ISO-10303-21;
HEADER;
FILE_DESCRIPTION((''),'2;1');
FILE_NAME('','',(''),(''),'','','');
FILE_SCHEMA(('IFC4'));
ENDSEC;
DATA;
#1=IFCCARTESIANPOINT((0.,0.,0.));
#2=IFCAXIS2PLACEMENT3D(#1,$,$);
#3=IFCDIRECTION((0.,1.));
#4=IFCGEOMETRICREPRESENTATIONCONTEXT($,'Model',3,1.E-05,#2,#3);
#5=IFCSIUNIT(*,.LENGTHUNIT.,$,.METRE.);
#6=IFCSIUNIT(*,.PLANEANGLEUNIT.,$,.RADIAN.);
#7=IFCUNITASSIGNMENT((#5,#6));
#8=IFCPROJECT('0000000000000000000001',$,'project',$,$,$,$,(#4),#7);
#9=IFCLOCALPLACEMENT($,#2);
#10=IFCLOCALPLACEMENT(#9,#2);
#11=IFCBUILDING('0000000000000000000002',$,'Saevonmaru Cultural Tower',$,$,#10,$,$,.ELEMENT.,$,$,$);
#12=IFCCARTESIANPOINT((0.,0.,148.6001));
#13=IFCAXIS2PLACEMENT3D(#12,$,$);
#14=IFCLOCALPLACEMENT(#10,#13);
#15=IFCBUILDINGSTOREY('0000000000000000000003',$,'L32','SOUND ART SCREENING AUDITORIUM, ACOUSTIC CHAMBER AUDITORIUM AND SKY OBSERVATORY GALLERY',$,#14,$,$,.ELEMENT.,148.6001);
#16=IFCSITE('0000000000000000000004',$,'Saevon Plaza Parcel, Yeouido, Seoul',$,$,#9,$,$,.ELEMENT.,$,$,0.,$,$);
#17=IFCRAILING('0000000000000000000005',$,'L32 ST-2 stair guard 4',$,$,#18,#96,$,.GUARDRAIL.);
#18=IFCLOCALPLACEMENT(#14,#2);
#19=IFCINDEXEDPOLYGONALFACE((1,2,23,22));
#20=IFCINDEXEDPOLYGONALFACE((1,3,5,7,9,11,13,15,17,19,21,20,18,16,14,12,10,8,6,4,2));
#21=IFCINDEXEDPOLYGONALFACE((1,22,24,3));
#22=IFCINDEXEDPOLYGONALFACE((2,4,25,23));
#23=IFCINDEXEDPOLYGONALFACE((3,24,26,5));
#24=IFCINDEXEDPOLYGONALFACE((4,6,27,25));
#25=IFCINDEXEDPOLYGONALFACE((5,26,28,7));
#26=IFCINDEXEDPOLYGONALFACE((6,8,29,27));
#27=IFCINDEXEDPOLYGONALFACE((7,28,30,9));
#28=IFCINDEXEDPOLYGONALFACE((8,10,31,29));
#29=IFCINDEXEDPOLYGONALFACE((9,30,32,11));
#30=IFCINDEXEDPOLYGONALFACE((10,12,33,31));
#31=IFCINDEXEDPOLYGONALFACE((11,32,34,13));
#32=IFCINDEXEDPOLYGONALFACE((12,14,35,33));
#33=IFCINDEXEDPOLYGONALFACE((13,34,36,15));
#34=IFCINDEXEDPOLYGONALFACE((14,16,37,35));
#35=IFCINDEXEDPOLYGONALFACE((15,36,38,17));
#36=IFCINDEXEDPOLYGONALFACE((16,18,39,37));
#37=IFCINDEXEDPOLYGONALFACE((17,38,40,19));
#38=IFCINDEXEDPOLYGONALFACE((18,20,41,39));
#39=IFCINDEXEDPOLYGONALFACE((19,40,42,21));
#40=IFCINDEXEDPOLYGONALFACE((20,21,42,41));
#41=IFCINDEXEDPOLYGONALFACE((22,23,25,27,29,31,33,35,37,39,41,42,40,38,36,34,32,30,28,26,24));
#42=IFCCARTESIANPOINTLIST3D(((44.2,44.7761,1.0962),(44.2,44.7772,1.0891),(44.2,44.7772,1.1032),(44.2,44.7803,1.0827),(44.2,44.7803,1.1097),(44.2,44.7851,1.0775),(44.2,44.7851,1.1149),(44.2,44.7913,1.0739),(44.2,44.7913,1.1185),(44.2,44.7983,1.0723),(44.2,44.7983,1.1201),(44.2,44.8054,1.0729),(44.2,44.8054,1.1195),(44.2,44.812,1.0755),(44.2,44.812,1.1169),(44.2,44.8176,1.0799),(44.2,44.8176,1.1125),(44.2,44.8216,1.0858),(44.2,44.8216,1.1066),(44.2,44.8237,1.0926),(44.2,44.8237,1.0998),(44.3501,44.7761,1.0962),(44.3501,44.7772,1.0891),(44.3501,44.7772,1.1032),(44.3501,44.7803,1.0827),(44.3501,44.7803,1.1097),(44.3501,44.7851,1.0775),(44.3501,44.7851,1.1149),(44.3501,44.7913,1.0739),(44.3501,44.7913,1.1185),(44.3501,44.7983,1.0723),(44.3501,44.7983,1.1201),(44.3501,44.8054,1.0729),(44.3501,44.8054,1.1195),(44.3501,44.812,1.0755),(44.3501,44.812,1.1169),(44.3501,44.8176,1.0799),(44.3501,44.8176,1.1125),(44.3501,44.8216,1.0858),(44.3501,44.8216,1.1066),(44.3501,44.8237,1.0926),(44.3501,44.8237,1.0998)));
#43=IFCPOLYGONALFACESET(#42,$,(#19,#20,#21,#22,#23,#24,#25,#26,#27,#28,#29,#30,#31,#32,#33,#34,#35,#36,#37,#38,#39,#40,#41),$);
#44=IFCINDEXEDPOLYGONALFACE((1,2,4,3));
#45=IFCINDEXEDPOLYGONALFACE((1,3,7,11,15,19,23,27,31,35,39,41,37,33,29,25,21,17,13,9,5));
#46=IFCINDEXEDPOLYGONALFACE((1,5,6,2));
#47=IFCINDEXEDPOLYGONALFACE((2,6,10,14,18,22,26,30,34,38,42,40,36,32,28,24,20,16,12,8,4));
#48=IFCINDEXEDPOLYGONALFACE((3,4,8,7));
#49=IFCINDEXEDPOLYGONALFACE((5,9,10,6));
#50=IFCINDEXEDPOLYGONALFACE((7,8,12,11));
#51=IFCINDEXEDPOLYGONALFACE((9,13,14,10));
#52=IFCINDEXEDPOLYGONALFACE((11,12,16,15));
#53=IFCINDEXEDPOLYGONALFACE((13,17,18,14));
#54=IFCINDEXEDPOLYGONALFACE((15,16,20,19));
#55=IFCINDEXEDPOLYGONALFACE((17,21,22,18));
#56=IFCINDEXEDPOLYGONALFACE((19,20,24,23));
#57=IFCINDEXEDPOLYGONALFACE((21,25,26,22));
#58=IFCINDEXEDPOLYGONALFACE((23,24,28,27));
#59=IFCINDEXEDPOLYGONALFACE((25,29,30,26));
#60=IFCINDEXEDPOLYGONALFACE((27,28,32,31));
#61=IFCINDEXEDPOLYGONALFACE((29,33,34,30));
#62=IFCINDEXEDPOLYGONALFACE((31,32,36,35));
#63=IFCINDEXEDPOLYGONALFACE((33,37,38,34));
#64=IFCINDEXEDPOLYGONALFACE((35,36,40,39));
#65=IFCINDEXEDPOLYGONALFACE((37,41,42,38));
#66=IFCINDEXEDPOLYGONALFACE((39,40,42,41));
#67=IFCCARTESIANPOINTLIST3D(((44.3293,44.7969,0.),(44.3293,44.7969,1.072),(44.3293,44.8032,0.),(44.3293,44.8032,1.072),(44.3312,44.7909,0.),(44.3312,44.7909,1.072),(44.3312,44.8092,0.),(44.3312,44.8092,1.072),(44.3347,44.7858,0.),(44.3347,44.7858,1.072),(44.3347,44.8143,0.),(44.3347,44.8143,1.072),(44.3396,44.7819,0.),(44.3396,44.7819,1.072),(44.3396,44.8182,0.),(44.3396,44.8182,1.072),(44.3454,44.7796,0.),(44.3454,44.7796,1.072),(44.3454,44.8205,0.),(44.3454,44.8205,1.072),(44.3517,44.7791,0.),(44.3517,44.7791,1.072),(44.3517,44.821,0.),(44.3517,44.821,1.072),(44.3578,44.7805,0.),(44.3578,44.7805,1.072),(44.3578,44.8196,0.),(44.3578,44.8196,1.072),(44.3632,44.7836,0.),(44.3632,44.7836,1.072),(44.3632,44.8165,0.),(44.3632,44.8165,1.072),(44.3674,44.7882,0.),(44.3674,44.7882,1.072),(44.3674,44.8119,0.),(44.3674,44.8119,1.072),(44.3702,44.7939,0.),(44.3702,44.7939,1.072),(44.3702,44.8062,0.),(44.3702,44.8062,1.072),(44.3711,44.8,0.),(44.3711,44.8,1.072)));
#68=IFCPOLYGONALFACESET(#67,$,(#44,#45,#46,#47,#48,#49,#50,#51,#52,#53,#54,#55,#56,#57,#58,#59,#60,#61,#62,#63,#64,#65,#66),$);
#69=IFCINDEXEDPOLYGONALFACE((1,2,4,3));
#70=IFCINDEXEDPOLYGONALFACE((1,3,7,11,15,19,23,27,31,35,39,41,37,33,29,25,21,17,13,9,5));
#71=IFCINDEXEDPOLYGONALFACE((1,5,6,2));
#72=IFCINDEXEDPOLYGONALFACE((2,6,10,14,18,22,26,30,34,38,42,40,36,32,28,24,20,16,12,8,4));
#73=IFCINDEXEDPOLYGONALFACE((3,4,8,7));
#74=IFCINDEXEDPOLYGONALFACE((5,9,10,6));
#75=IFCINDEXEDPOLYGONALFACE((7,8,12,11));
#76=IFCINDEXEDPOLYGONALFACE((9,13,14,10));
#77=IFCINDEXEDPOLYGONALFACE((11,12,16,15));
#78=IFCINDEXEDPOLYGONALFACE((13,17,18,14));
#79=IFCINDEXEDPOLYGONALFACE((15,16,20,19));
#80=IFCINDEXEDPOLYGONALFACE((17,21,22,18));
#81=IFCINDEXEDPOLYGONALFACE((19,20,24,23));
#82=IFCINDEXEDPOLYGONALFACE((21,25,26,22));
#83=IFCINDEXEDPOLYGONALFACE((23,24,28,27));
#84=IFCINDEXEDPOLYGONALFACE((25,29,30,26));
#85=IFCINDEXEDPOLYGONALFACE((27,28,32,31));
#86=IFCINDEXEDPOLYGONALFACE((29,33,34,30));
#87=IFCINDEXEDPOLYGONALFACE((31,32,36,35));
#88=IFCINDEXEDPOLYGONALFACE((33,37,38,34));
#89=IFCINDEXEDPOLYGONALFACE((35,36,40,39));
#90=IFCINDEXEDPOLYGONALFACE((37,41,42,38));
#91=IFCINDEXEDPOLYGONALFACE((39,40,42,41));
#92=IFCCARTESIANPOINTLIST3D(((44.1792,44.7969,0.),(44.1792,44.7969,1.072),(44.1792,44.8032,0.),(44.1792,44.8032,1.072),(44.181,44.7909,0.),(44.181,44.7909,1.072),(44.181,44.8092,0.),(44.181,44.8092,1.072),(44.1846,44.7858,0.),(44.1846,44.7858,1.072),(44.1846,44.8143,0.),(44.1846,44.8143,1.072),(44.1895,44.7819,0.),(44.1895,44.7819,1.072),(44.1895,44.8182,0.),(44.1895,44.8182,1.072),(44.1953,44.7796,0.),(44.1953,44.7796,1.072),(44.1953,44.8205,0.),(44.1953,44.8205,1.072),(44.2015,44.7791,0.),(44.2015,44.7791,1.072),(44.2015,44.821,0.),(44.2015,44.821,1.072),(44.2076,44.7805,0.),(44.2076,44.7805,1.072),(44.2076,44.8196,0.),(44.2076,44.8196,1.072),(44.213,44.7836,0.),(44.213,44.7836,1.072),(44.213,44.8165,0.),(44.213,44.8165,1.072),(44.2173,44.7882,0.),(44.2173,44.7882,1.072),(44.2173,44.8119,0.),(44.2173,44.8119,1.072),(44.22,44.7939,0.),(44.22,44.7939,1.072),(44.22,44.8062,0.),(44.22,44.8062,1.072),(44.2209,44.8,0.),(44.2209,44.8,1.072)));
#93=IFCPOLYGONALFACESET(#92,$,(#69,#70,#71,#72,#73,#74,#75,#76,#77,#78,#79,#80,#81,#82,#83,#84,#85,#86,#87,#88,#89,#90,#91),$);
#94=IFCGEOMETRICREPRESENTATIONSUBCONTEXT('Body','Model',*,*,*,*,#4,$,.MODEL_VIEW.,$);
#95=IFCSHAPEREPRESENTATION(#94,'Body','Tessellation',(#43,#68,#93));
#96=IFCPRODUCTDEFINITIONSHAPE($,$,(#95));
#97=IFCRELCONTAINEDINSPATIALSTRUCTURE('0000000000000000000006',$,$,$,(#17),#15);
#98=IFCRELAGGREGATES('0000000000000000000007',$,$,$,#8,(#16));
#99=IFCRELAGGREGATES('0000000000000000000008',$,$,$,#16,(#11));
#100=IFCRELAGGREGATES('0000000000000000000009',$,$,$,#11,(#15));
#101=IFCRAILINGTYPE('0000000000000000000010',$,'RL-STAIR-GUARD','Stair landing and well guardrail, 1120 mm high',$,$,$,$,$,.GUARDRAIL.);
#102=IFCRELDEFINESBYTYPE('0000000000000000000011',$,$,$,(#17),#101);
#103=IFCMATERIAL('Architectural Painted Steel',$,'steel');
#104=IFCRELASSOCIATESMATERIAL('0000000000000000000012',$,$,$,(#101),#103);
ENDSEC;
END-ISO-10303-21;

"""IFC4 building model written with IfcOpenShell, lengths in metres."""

from ifc_helpers import new_model, si_unit, direction, frame, origin, origin_2d, place, context, subcontext, project, spatial, circle, extrude, material, type_object, element, save


model = new_model("IFC4")

# Units and contexts
model_context = context("Model", 3, precision=1e-05, world=origin(), true_north=direction((0.0, 1.0)))
body_context = subcontext(model_context, "Body", "Model", "MODEL_VIEW")
ifc_project = project(units=[si_unit("LENGTHUNIT", "METRE"), si_unit("PLANEANGLEUNIT", "RADIAN")], contexts=[model_context])

# Site, building, storey
site_placement = place(None, origin())
site = spatial("IfcSite", under=ifc_project, at=site_placement, Name="Saevon Plaza Parcel, Yeouido, Seoul", CompositionType="ELEMENT", RefElevation=0.0)
building_placement = place(site_placement, origin())
building = spatial("IfcBuilding", under=site, at=building_placement, Name="Saevonmaru Cultural Tower", CompositionType="ELEMENT")
storey_placement = place(building_placement, frame((0.0, 0.0, 148.6001)))
storey = spatial("IfcBuildingStorey", under=building, at=storey_placement, Name="L32", Description="SOUND ART SCREENING AUDITORIUM, ACOUSTIC CHAMBER AUDITORIUM AND SKY OBSERVATORY GALLERY", CompositionType="ELEMENT", Elevation=148.6001)

# Railing
ifc_material_1 = material(Name="Architectural Painted Steel", Category="steel")
railing_type_1 = type_object("IfcRailingType", Name="RL-STAIR-GUARD", Description="Stair landing and well guardrail, 1120 mm high", PredefinedType="GUARDRAIL", material=ifc_material_1)
railing_1_placement = place(storey_placement, frame((44.3501, 44.8, 0.0)))
element("IfcRailing", 1, at=railing_1_placement, inside=storey, type_object=railing_type_1, Name="L32 ST-2 stair guard 4", PredefinedType="GUARDRAIL", context=body_context, shape_type="SweptSolid", body=[
    extrude(circle(Radius=0.0239, at=origin_2d()), frame((0.0, 0.0, 1.0962), z_axis=(-1.0, 0.0, 0.0), x_axis=(0.0, -1.0, 0.0)), (0.0, 0.0, 1.0), 0.1501),
    extrude(circle(Radius=0.021, at=origin_2d()), origin(), (0.0, 0.0, 1.0), 1.072),
    extrude(circle(Radius=0.021, at=origin_2d()), frame((-0.1501, 0.0, 0.0)), (0.0, 0.0, 1.0), 1.072),
])

save(model, "model.ifc")
